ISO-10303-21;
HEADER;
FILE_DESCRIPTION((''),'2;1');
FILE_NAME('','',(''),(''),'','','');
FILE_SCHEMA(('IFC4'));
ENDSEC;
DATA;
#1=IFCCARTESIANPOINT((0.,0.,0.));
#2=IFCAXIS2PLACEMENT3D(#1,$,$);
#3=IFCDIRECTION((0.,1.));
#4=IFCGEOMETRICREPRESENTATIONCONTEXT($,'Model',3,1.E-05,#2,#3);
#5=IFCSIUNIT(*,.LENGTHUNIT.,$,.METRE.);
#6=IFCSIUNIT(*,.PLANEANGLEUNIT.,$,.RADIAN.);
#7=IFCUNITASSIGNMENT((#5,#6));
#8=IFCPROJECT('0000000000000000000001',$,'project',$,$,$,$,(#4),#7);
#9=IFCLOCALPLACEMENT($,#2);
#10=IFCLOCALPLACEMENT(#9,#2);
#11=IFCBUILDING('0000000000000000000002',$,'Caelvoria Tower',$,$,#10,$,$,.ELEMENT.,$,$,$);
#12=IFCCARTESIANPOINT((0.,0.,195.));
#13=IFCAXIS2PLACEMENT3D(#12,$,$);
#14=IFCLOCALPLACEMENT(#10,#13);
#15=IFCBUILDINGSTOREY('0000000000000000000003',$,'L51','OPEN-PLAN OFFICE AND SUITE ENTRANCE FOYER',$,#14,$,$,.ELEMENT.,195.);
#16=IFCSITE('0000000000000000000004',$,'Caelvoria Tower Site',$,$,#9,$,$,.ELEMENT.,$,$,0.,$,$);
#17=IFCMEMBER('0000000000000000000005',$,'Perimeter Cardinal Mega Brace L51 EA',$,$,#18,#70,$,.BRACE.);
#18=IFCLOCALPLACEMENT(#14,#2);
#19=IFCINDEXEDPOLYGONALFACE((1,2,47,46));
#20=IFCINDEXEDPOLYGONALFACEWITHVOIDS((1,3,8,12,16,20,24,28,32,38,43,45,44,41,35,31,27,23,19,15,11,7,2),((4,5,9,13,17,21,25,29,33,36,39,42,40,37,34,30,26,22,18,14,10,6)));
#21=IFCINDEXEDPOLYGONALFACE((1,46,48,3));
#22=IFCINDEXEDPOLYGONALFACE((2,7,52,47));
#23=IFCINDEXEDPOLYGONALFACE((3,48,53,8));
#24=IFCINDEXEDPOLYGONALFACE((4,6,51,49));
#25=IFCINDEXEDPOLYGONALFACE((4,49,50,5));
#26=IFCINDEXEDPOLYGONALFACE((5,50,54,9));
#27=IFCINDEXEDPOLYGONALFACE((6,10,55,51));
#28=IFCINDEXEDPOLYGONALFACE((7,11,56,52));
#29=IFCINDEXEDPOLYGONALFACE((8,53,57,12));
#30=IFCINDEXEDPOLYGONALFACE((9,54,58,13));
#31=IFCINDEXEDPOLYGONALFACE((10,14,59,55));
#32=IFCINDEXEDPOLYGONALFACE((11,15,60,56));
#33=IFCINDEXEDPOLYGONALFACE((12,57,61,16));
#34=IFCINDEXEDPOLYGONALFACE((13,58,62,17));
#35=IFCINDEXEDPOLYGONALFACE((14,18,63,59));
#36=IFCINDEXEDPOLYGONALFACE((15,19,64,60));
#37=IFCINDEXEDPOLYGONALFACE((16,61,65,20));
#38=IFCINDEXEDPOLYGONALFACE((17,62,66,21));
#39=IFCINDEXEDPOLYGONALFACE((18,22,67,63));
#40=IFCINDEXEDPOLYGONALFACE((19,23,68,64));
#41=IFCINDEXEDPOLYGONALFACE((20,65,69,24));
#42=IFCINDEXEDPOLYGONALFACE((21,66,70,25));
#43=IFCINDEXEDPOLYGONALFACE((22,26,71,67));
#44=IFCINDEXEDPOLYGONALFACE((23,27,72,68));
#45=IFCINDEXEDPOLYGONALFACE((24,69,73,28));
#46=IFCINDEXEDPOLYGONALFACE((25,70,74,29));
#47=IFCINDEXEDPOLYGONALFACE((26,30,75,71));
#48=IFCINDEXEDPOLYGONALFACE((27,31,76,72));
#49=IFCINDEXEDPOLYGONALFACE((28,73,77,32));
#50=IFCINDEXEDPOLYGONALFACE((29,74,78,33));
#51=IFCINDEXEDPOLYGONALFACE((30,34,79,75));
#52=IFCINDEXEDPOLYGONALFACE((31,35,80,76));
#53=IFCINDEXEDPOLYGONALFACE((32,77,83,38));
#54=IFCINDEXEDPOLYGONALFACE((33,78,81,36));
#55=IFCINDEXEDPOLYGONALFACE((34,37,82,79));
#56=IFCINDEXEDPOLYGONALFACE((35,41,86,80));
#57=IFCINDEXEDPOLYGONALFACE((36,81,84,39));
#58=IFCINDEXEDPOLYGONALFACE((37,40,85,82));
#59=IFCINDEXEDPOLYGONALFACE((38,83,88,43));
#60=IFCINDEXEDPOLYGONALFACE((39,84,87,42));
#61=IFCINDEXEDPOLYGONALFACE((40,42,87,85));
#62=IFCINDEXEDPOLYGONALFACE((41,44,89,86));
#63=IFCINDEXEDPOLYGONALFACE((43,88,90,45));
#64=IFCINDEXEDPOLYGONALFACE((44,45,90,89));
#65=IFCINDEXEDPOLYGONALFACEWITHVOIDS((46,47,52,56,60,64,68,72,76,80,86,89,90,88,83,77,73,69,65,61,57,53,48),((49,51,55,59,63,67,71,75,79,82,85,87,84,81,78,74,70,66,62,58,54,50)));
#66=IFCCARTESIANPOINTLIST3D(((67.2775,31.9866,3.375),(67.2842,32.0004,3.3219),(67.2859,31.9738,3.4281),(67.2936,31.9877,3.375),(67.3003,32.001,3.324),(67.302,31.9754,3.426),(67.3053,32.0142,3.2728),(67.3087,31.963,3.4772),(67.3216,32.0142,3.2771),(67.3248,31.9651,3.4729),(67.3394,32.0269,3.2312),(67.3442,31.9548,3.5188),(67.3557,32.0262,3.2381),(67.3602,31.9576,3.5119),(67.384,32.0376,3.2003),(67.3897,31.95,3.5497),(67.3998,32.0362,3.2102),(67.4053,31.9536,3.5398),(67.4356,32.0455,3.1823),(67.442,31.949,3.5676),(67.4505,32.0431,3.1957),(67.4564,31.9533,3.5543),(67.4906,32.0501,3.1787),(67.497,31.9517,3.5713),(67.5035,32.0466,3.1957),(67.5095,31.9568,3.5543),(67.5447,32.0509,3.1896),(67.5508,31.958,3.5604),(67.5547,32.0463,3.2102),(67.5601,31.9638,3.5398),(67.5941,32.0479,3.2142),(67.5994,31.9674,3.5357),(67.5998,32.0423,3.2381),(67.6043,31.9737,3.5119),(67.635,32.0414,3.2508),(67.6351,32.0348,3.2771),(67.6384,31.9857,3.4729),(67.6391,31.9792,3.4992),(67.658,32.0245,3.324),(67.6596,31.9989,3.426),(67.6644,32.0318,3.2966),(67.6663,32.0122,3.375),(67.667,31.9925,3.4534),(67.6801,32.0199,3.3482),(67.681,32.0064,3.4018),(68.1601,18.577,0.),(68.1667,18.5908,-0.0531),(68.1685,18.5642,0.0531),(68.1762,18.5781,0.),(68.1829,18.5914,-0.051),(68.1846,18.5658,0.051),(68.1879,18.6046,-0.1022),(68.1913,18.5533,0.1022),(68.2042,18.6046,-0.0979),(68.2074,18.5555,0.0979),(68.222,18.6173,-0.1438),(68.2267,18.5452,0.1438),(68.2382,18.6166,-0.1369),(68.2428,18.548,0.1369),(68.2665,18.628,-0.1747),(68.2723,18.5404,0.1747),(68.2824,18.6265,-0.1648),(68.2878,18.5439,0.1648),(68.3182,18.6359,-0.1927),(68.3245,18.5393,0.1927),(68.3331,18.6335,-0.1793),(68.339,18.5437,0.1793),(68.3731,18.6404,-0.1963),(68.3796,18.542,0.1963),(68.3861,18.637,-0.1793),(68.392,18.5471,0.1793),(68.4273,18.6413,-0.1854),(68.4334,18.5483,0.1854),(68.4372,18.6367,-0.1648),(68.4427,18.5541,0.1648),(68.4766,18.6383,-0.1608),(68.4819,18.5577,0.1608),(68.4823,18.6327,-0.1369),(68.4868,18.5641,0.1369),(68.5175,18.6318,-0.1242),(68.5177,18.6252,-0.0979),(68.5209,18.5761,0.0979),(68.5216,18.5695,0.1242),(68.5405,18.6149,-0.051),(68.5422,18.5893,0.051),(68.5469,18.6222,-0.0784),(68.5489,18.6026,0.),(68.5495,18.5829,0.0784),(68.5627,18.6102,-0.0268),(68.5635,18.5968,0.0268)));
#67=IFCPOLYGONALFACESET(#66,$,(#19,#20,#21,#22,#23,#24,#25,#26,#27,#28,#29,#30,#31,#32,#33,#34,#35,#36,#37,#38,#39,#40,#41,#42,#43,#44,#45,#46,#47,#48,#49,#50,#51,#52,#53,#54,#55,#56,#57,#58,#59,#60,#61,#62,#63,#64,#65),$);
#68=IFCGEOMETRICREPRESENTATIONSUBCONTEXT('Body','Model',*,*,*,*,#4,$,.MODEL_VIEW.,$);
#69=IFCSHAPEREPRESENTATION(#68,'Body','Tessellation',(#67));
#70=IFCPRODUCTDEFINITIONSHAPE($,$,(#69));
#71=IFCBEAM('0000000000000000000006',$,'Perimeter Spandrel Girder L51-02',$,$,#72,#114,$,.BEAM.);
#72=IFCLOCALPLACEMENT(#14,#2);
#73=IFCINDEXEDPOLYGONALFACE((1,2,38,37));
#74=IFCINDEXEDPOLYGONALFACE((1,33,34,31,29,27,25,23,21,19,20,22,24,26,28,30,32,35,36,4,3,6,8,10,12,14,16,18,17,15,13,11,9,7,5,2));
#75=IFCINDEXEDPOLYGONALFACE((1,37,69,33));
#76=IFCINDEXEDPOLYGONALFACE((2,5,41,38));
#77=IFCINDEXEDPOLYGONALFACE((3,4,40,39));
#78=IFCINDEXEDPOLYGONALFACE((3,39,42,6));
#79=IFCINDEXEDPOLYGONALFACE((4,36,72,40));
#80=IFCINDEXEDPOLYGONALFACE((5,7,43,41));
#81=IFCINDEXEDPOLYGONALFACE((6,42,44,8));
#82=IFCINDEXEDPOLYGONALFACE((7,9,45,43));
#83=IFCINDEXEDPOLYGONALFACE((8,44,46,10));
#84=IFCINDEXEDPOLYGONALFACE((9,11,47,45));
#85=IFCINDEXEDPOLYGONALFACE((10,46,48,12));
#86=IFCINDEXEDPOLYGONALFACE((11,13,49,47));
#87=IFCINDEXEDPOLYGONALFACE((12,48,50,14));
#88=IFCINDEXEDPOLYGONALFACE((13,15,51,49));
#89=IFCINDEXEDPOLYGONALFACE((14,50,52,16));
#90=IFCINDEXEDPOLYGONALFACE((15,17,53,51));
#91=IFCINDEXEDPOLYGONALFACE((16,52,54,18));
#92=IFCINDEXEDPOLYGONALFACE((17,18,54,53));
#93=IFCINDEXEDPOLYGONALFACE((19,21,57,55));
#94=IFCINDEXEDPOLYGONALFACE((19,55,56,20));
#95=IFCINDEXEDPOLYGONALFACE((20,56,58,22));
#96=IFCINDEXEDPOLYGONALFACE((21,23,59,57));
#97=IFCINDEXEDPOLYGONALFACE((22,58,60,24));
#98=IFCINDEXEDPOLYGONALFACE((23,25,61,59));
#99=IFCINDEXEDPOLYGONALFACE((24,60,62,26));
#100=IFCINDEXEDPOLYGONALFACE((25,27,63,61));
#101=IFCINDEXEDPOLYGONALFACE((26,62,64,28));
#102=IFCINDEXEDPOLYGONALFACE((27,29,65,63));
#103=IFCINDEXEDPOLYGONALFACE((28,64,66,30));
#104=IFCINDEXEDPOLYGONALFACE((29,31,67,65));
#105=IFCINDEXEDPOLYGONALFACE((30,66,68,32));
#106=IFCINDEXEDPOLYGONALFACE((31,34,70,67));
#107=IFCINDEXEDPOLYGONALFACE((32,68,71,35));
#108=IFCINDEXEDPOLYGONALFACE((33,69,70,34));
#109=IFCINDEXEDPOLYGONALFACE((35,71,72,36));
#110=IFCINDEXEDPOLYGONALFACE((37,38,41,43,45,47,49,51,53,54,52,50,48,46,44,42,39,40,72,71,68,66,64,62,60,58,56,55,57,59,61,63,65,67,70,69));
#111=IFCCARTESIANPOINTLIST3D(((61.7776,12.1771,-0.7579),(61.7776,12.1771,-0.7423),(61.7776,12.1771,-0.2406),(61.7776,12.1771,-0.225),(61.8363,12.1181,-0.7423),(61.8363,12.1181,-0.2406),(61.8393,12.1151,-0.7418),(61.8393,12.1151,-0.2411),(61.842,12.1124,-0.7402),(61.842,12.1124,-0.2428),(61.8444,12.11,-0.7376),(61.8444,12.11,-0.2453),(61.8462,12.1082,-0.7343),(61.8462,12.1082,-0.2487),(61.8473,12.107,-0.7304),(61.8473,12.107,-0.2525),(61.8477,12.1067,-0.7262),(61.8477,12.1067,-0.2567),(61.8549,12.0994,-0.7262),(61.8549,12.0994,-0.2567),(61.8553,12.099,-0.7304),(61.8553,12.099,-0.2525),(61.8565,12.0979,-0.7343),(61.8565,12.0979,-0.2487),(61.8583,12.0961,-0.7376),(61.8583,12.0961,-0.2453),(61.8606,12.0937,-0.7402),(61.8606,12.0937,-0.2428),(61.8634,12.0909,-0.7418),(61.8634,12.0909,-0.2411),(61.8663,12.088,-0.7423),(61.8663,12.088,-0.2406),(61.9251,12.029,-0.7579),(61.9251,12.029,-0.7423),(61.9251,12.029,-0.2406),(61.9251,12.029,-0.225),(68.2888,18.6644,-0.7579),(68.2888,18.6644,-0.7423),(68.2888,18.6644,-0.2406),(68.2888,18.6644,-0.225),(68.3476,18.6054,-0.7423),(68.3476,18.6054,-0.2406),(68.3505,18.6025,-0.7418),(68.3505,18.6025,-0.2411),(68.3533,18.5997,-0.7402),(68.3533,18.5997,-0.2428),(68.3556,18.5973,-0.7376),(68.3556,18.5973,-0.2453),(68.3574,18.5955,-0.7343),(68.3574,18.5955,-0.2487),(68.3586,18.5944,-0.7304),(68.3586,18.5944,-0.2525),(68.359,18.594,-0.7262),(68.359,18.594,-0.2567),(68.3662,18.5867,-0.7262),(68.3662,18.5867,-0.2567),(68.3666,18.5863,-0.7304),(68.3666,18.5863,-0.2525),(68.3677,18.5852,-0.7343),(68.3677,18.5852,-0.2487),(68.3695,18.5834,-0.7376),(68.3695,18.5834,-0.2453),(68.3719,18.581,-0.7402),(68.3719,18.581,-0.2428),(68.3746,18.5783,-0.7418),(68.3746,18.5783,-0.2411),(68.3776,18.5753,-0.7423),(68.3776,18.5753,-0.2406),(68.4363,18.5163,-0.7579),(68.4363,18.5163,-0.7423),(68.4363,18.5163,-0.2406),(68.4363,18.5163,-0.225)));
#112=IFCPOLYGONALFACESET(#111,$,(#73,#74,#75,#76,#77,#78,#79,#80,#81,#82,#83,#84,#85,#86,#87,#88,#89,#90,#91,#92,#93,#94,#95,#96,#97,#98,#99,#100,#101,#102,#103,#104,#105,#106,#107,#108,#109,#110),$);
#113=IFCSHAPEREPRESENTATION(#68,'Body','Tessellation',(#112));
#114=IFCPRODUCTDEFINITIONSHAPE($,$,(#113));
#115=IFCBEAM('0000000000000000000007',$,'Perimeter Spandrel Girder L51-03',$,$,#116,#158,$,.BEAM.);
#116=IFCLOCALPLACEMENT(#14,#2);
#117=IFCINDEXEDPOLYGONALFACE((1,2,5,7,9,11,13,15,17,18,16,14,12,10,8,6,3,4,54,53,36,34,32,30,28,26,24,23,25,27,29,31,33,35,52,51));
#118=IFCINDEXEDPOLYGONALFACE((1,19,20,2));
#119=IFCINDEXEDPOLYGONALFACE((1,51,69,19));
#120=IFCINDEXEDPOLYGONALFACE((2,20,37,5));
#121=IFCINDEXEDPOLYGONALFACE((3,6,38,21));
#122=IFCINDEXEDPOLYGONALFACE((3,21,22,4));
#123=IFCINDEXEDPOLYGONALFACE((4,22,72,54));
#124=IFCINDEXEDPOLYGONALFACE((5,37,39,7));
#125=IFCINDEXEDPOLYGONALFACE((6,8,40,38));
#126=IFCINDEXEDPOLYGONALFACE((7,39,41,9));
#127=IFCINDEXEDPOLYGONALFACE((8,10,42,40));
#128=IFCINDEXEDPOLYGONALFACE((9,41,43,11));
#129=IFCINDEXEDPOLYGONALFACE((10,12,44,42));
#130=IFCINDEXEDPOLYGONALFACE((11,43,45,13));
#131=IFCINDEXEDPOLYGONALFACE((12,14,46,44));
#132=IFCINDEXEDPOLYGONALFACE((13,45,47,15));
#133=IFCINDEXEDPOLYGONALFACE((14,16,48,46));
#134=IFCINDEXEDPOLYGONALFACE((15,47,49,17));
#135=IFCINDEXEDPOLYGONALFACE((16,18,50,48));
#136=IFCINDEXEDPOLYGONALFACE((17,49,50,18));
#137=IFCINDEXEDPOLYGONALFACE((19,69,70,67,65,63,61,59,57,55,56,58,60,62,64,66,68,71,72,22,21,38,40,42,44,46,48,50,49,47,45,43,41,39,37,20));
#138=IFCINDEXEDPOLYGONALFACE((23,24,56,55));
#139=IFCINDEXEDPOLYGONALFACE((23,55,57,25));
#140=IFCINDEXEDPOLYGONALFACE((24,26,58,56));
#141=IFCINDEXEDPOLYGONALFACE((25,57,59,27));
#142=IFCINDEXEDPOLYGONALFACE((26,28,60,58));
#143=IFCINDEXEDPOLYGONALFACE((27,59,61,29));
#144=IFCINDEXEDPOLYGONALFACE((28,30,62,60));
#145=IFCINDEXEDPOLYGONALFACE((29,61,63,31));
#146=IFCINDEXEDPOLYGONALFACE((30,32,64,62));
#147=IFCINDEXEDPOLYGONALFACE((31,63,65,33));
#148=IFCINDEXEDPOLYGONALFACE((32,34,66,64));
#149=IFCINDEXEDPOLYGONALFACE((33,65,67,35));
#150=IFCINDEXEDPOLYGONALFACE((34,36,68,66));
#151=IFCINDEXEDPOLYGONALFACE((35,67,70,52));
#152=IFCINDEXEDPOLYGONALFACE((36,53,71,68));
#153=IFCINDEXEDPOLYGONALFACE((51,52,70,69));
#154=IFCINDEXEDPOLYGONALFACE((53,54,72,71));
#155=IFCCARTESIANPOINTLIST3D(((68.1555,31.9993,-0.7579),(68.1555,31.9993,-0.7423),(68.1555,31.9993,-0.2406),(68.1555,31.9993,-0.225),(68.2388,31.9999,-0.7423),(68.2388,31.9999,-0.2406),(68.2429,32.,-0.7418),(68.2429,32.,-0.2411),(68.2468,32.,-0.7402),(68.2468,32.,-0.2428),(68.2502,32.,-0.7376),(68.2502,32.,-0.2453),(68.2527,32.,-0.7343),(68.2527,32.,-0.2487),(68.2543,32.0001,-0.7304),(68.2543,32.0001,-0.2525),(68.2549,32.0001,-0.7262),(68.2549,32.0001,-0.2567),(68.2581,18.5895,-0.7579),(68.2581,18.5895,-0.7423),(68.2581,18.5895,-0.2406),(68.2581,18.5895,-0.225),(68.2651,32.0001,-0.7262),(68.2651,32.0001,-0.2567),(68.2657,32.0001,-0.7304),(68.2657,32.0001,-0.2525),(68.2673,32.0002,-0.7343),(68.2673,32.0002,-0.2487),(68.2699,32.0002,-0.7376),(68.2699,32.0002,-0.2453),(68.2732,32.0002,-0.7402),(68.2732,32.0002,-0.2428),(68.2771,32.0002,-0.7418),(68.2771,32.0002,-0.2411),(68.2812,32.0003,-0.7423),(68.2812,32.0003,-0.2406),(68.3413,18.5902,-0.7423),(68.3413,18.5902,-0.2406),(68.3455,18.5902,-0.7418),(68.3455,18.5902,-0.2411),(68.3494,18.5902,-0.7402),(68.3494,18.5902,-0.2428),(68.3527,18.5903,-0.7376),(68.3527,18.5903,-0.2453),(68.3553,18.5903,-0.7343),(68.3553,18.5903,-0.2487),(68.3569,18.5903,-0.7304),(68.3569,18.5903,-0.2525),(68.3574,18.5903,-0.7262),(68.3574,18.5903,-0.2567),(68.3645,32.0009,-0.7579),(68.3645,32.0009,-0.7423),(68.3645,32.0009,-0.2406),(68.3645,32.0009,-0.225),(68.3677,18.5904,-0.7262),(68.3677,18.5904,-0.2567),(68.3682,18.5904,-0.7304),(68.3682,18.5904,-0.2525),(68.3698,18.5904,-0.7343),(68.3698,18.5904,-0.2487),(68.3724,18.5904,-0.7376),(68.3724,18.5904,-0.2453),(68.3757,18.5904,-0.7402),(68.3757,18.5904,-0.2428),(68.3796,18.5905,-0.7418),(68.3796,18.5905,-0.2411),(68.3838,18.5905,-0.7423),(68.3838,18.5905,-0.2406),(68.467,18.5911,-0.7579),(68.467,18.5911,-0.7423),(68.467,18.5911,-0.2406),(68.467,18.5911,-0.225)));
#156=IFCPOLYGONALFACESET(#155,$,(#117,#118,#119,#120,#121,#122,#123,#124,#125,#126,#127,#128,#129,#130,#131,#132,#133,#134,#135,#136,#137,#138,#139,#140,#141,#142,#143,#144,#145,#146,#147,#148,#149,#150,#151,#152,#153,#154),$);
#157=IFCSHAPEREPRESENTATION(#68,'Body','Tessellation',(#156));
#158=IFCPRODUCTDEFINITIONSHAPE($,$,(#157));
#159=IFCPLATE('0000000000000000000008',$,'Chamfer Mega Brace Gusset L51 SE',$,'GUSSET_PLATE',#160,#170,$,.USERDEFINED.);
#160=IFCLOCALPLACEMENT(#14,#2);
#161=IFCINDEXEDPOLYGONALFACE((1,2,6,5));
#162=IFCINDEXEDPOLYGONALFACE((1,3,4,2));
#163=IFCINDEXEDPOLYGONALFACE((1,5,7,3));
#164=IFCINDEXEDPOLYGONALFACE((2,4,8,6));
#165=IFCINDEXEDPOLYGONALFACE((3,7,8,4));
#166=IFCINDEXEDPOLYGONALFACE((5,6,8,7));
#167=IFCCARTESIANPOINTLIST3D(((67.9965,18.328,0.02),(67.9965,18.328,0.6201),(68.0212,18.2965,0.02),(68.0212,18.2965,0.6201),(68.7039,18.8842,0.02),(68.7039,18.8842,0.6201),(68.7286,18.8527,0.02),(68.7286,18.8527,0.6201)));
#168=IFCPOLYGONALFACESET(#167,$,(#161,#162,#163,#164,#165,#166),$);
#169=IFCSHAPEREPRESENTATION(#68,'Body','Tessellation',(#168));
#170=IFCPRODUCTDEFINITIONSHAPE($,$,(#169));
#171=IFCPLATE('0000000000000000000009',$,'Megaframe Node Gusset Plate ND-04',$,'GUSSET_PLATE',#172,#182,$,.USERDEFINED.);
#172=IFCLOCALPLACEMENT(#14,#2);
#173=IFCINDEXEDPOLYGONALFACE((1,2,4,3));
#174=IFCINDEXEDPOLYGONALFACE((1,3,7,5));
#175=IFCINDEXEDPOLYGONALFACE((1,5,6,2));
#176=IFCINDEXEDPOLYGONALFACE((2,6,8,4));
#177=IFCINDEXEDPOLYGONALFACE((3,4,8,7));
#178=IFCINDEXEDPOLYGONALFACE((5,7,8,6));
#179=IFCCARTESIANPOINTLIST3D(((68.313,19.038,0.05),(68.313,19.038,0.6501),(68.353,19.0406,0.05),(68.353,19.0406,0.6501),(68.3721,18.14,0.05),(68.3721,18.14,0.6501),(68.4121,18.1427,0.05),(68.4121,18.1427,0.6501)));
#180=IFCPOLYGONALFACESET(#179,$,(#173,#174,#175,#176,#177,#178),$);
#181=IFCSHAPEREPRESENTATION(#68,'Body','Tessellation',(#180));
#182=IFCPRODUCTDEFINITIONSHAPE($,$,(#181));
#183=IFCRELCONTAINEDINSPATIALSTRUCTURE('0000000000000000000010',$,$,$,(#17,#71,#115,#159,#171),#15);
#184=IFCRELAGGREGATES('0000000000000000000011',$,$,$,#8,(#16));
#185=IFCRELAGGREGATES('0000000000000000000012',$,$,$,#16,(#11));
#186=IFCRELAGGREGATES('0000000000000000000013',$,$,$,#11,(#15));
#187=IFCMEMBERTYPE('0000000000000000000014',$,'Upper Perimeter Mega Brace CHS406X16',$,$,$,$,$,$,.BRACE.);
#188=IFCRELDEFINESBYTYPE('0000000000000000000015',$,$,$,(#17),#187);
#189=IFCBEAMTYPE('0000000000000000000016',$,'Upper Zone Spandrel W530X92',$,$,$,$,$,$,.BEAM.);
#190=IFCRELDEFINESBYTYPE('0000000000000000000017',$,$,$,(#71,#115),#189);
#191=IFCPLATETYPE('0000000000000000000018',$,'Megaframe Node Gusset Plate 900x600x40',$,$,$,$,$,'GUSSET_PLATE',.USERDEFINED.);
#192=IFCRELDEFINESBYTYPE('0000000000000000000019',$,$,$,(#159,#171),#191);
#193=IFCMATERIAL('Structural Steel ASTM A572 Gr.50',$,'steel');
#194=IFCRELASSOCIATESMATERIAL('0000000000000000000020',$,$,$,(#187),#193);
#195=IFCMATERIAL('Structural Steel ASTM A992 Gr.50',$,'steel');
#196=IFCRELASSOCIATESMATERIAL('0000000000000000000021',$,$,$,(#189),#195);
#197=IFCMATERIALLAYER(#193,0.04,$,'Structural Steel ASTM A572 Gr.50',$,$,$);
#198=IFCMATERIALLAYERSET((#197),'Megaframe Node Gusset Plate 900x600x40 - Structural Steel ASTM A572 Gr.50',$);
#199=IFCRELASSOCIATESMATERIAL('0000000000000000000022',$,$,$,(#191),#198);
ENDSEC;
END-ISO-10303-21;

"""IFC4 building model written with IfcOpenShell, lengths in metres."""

from ifc_helpers import new_model, si_unit, direction, frame, origin, origin_2d, place, context, subcontext, project, spatial, rectangle, hollow_circle, i_section, extrude, material, layer, layer_set, material_profile, profile_set, type_object, element, save


model = new_model("IFC4")

# Units and contexts
model_context = context("Model", 3, precision=1e-05, world=origin(), true_north=direction((0.0, 1.0)))
body_context = subcontext(model_context, "Body", "Model", "MODEL_VIEW")
ifc_project = project(units=[si_unit("LENGTHUNIT", "METRE"), si_unit("PLANEANGLEUNIT", "RADIAN")], contexts=[model_context])

# Site, building, storey
site_placement = place(None, origin())
site = spatial("IfcSite", under=ifc_project, at=site_placement, Name="Caelvoria Tower Site", CompositionType="ELEMENT", RefElevation=0.0)
building_placement = place(site_placement, origin())
building = spatial("IfcBuilding", under=site, at=building_placement, Name="Caelvoria Tower", CompositionType="ELEMENT")
storey_placement = place(building_placement, frame((0.0, 0.0, 195.0)))
storey = spatial("IfcBuildingStorey", under=building, at=storey_placement, Name="L51", Description="OPEN-PLAN OFFICE AND SUITE ENTRANCE FOYER", CompositionType="ELEMENT", Elevation=195.0)

# Shared definitions
ifc_material_1 = material(Name="Structural Steel ASTM A572 Gr.50", Category="steel")

# Shared definitions
ifc_material_2 = material(Name="Structural Steel ASTM A992 Gr.50", Category="steel")

# Member
ifc_material_profile_1 = material_profile(ifc_material_1, hollow_circle(Radius=0.2029, WallThickness=0.0161, at=origin_2d()), Name="Structural Steel ASTM A572 Gr.50")
ifc_profile_set_1 = profile_set([ifc_material_profile_1], Name="CHS406X16 - Structural Steel ASTM A572 Gr.50")
member_type = type_object("IfcMemberType", Name="Upper Perimeter Mega Brace CHS406X16", PredefinedType="BRACE", material=ifc_profile_set_1)
member_1_placement = place(storey_placement, frame((68.3625, 18.5903, 0.0), z_axis=(-0.063696, 0.967788, 0.243577), x_axis=(-0.997841, -0.065674, 0.0)))
element("IfcMember", 1, at=member_1_placement, inside=storey, type_object=member_type, Name="Perimeter Cardinal Mega Brace L51 EA", PredefinedType="BRACE", context=body_context, shape_type="SweptSolid", body=[
    extrude(hollow_circle(Radius=0.2029, WallThickness=0.0161, at=origin_2d()), origin(), (0.0, 0.0, 1.0), 13.856),
])

# Beams
ifc_material_profile_2 = material_profile(ifc_material_2, i_section(OverallWidth=0.209, OverallDepth=0.533, WebThickness=0.0103, FlangeThickness=0.0156, FilletRadius=0.0161, at=origin_2d()), Name="Structural Steel ASTM A992 Gr.50")
ifc_profile_set_2 = profile_set([ifc_material_profile_2], Name="W530X92 - Structural Steel ASTM A992 Gr.50")
beam_type_1 = type_object("IfcBeamType", Name="Upper Zone Spandrel W530X92", PredefinedType="BEAM", material=ifc_profile_set_2)
beam_1_placement = place(storey_placement, frame((61.8513, 12.103, -0.4915), z_axis=(0.708407, 0.705804, 0.0), x_axis=(-0.705804, 0.708407, 0.0)))
element("IfcBeam", 2, at=beam_1_placement, inside=storey, type_object=beam_type_1, Name="Perimeter Spandrel Girder L51-02", PredefinedType="BEAM", context=body_context, shape_type="SweptSolid", body=[
    extrude(i_section(OverallWidth=0.209, OverallDepth=0.533, WebThickness=0.0103, FlangeThickness=0.0156, FilletRadius=0.0161, at=origin_2d()), origin(), (0.0, 0.0, 1.0), 9.1914),
])
beam_2_placement = place(storey_placement, frame((68.3625, 18.5903, -0.4915), z_axis=(-0.007646, 0.999971, 0.0), x_axis=(-0.999971, -0.007646, 0.0)))
element("IfcBeam", 3, at=beam_2_placement, inside=storey, type_object=beam_type_1, Name="Perimeter Spandrel Girder L51-03", PredefinedType="BEAM", context=body_context, shape_type="SweptSolid", body=[
    extrude(i_section(OverallWidth=0.209, OverallDepth=0.533, WebThickness=0.0103, FlangeThickness=0.0156, FilletRadius=0.0161, at=origin_2d()), origin(), (0.0, 0.0, 1.0), 13.4102),
])

# Plates
ifc_layer_1 = layer(ifc_material_1, 0.04, Name="Structural Steel ASTM A572 Gr.50")
ifc_layer_set_1 = layer_set([ifc_layer_1], Name="Megaframe Node Gusset Plate 900x600x40 - Structural Steel ASTM A572 Gr.50")
plate_type = type_object("IfcPlateType", Name="Megaframe Node Gusset Plate 900x600x40", ElementType="GUSSET_PLATE", PredefinedType="USERDEFINED", material=ifc_layer_set_1)
for number, where, z_axis, x_axis, name in (
    (4, (68.3625, 18.5903, 0.02), (0.0, 0.0, 1.0), (-0.786103, -0.618096, 0.0), "Chamfer Mega Brace Gusset L51 SE"),
    (5, (68.3625, 18.5903, 0.05), (0.0, 0.0, 1.0), (-0.065668, 0.997842, 0.0), "Megaframe Node Gusset Plate ND-04"),
):
    element("IfcPlate", number, at=place(storey_placement, frame(where, z_axis=z_axis, x_axis=x_axis)), inside=storey, type_object=plate_type, Name=name, ObjectType="GUSSET_PLATE", PredefinedType="USERDEFINED", context=body_context, shape_type="SweptSolid", body=[
        extrude(rectangle(XDim=0.8999, YDim=0.04, at=origin_2d()), origin(), (0.0, 0.0, 1.0), 0.6001),
    ])

save(model, "model.ifc")
